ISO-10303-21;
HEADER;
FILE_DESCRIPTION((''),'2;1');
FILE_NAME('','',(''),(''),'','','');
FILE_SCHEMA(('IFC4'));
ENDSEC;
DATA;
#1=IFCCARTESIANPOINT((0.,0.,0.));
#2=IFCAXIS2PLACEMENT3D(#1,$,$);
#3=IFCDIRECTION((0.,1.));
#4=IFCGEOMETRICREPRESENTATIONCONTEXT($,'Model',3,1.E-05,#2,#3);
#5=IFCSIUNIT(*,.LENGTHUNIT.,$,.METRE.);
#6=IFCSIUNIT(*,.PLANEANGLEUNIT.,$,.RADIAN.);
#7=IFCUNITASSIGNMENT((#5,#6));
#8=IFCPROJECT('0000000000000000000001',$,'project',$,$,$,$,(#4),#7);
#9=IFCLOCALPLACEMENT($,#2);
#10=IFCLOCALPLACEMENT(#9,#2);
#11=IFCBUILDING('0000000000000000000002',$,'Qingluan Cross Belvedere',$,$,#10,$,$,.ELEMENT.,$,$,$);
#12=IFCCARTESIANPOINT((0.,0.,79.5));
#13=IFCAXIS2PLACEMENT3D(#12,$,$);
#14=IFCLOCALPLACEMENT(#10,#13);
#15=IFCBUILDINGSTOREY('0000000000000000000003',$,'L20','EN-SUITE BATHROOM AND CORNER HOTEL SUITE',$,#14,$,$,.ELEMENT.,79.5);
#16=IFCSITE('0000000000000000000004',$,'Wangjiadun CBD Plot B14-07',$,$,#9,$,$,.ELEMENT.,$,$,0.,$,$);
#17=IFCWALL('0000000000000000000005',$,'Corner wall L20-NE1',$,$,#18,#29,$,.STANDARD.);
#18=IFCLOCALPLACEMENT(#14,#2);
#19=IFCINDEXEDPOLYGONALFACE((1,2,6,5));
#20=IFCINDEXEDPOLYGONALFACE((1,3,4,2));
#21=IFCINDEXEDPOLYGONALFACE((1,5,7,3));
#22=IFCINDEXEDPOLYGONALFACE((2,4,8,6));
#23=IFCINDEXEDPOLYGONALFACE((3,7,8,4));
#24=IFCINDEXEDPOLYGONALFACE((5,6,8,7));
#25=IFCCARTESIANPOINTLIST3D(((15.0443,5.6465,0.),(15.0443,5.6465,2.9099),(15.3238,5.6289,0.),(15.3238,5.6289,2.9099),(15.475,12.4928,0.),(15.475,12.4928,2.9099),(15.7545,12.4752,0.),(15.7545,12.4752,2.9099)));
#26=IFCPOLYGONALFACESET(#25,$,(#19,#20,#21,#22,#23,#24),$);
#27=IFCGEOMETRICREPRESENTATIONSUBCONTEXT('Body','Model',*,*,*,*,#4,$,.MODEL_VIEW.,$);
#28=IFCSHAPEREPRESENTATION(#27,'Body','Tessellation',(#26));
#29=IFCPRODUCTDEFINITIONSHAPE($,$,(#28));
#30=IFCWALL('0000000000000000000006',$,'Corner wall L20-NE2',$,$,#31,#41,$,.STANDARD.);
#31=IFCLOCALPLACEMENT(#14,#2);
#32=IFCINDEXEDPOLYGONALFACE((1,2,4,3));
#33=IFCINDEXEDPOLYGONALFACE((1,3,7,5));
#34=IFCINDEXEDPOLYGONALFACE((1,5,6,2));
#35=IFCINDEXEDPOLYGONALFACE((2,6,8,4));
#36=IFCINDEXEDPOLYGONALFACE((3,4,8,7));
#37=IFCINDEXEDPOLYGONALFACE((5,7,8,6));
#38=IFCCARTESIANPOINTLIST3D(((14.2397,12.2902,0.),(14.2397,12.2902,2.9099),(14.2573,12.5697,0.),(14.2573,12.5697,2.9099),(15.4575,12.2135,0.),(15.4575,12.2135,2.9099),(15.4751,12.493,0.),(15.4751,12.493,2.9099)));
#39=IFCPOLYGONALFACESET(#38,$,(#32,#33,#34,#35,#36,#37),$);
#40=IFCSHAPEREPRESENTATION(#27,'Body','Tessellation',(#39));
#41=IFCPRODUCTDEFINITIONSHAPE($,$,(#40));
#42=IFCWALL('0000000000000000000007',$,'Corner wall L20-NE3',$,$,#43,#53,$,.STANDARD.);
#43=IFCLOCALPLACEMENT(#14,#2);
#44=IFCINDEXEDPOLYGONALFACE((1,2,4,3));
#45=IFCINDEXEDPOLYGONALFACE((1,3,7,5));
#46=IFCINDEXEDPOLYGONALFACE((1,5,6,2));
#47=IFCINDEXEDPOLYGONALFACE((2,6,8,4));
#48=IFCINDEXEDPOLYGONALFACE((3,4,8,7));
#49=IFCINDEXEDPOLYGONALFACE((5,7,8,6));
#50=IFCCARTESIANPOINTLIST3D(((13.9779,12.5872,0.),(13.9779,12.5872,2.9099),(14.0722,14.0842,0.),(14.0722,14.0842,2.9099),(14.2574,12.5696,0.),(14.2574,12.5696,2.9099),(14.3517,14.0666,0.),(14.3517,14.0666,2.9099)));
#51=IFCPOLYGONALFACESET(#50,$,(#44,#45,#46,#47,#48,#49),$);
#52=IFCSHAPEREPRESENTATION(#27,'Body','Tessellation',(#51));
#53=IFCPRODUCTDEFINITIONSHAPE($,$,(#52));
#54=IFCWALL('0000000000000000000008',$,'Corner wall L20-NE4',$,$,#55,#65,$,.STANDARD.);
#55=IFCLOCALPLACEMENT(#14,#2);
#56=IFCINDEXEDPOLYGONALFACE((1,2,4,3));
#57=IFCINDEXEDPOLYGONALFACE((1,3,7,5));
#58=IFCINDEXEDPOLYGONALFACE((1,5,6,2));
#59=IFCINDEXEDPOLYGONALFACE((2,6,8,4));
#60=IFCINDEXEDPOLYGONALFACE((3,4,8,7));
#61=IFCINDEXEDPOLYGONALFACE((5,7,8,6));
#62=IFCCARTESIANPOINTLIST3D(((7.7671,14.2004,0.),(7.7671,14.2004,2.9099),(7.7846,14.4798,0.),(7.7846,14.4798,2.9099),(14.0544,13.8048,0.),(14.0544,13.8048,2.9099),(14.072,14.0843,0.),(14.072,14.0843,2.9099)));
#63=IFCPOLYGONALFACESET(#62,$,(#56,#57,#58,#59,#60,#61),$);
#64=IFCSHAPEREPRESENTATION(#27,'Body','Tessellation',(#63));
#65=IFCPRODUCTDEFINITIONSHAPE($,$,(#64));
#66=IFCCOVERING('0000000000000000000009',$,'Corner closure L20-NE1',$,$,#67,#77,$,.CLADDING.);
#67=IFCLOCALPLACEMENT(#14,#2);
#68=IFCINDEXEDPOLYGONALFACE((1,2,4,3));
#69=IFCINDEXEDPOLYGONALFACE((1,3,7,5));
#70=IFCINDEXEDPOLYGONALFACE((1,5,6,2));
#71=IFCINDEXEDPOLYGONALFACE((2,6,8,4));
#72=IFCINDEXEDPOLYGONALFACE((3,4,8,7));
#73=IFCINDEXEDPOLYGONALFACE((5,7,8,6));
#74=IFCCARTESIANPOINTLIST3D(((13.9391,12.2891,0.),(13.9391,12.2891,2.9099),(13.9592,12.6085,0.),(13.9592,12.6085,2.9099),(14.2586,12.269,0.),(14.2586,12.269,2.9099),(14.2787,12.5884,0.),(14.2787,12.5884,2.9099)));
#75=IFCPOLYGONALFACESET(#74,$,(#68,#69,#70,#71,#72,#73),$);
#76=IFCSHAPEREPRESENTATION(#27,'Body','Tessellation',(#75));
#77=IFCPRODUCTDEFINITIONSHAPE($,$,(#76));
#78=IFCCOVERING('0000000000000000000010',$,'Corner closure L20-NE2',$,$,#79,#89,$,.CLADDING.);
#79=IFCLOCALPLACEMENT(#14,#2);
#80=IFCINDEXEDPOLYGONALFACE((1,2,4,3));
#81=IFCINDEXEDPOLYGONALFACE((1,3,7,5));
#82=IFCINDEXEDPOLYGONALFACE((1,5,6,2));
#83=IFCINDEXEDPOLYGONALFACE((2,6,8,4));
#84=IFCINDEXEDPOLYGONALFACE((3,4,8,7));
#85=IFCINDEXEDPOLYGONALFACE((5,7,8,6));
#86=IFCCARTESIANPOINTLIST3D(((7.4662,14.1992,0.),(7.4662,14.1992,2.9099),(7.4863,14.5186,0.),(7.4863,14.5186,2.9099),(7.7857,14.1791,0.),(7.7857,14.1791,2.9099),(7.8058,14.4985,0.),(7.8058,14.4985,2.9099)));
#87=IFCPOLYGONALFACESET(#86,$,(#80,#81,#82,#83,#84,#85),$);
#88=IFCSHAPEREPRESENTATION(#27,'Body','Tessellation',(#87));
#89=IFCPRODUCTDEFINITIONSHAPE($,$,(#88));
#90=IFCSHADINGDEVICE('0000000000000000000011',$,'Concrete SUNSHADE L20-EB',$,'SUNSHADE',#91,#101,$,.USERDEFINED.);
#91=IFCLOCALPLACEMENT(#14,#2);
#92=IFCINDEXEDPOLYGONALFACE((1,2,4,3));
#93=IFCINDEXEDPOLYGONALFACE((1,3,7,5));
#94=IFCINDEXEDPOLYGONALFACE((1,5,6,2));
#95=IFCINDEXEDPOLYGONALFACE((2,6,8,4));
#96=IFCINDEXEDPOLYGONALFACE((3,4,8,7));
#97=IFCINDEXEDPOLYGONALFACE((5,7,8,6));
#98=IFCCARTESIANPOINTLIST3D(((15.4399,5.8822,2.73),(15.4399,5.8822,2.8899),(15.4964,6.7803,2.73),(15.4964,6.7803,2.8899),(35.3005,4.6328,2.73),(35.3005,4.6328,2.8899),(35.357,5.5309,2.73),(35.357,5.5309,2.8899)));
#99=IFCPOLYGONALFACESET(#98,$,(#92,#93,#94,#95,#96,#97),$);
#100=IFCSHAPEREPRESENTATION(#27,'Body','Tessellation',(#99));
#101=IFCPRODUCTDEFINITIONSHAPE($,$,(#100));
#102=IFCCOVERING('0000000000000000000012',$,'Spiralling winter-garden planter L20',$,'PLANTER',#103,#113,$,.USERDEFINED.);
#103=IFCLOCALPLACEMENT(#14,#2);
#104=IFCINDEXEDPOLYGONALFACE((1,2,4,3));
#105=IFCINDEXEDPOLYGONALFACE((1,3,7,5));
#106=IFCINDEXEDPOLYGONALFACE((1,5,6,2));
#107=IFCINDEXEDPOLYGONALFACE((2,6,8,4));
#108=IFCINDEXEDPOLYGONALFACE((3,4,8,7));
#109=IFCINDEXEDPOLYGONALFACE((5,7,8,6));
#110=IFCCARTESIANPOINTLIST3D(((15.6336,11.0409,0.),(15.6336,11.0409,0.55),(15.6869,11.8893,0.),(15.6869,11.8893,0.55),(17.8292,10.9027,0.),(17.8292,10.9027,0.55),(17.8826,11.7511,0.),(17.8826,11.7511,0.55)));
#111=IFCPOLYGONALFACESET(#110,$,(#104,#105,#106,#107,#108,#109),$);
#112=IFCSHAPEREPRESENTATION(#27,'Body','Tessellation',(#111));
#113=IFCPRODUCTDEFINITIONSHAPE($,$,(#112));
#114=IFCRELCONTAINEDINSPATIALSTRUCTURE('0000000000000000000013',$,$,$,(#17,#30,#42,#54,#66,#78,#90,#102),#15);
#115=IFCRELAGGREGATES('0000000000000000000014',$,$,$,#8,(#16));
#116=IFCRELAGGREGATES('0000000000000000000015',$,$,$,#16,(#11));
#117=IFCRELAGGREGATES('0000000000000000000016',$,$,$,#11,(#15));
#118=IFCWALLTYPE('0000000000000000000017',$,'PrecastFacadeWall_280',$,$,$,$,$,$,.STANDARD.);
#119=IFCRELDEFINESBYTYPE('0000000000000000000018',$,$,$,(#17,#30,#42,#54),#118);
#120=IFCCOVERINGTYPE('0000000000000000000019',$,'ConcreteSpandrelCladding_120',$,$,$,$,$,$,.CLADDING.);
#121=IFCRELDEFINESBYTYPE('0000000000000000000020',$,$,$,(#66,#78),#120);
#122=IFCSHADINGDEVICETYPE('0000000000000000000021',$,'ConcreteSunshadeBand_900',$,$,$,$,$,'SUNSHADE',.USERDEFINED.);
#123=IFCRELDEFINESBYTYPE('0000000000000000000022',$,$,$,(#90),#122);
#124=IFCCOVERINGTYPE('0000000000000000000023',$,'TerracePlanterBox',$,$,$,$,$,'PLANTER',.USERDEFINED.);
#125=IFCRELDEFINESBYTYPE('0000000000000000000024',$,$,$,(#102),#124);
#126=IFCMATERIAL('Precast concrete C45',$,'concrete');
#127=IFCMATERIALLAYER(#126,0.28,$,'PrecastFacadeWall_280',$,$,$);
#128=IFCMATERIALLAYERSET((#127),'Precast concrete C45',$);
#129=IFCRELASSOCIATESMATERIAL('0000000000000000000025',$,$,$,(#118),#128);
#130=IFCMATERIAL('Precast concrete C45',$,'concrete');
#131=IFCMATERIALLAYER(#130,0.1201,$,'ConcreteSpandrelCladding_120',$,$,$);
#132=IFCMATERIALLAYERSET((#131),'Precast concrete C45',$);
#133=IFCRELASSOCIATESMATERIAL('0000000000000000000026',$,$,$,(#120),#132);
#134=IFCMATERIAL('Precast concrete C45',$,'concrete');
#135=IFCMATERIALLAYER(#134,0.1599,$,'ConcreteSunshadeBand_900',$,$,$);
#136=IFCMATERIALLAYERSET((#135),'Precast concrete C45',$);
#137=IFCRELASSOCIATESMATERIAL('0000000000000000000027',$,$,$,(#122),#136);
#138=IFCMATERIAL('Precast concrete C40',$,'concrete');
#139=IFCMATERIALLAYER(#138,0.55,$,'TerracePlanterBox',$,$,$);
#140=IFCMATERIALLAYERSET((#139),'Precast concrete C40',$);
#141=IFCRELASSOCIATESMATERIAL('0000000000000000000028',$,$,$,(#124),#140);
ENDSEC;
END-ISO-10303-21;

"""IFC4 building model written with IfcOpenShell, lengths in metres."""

from ifc_helpers import new_model, si_unit, direction, frame, frame_2d, origin, origin_2d, place, context, subcontext, project, spatial, rectangle, extrude, material, layer, layer_set, type_object, element, save


model = new_model("IFC4")

# Units and contexts
model_context = context("Model", 3, precision=1e-05, world=origin(), true_north=direction((0.0, 1.0)))
body_context = subcontext(model_context, "Body", "Model", "MODEL_VIEW")
ifc_project = project(units=[si_unit("LENGTHUNIT", "METRE"), si_unit("PLANEANGLEUNIT", "RADIAN")], contexts=[model_context])

# Site, building, storey
site_placement = place(None, origin())
site = spatial("IfcSite", under=ifc_project, at=site_placement, Name="Wangjiadun CBD Plot B14-07", CompositionType="ELEMENT", RefElevation=0.0)
building_placement = place(site_placement, origin())
building = spatial("IfcBuilding", under=site, at=building_placement, Name="Qingluan Cross Belvedere", CompositionType="ELEMENT")
storey_placement = place(building_placement, frame((0.0, 0.0, 79.5)))
storey = spatial("IfcBuildingStorey", under=building, at=storey_placement, Name="L20", Description="EN-SUITE BATHROOM AND CORNER HOTEL SUITE", CompositionType="ELEMENT", Elevation=79.5)

# Walls
ifc_material_1 = material(Name="Precast concrete C45", Category="concrete")
ifc_layer_1 = layer(ifc_material_1, 0.28, Name="PrecastFacadeWall_280")
ifc_layer_set_1 = layer_set([ifc_layer_1], Name="Precast concrete C45")
wall_type_1 = type_object("IfcWallType", Name="PrecastFacadeWall_280", PredefinedType="STANDARD", material=ifc_layer_set_1)
wall_1_placement = place(storey_placement, frame((15.1841, 5.6377, 0.0), z_axis=(0.0, 0.0, 1.0), x_axis=(0.062779, 0.998027, 0.0)))
element("IfcWall", 1, at=wall_1_placement, inside=storey, type_object=wall_type_1, Name="Corner wall L20-NE1", PredefinedType="STANDARD", context=body_context, shape_type="SweptSolid", body=[
    extrude(rectangle(XDim=6.8599, YDim=0.28, at=frame_2d((3.4299, 0.0))), origin(), (0.0, 0.0, 1.0), 2.9099),
])
wall_2_placement = place(storey_placement, frame((15.4663, 12.3533, 0.0), z_axis=(0.0, 0.0, 1.0), x_axis=(-0.998024, 0.062827, 0.0)))
element("IfcWall", 2, at=wall_2_placement, inside=storey, type_object=wall_type_1, Name="Corner wall L20-NE2", PredefinedType="STANDARD", context=body_context, shape_type="SweptSolid", body=[
    extrude(rectangle(XDim=1.2202, YDim=0.28, at=frame_2d((0.6101, 0.0))), origin(), (0.0, 0.0, 1.0), 2.9099),
])
wall_3_placement = place(storey_placement, frame((14.1177, 12.5784, 0.0), z_axis=(0.0, 0.0, 1.0), x_axis=(0.062824, 0.998025, 0.0)))
element("IfcWall", 3, at=wall_3_placement, inside=storey, type_object=wall_type_1, Name="Corner wall L20-NE3", PredefinedType="STANDARD", context=body_context, shape_type="SweptSolid", body=[
    extrude(rectangle(XDim=1.5, YDim=0.28, at=frame_2d((0.75, 0.0))), origin(), (0.0, 0.0, 1.0), 2.9099),
])
wall_4_placement = place(storey_placement, frame((14.0632, 13.9446, 0.0), z_axis=(0.0, 0.0, 1.0), x_axis=(-0.998027, 0.062781, 0.0)))
element("IfcWall", 4, at=wall_4_placement, inside=storey, type_object=wall_type_1, Name="Corner wall L20-NE4", PredefinedType="STANDARD", context=body_context, shape_type="SweptSolid", body=[
    extrude(rectangle(XDim=6.2998, YDim=0.28, at=frame_2d((3.1499, 0.0))), origin(), (0.0, 0.0, 1.0), 2.9099),
])

# Coverings
ifc_material_2 = material(Name="Precast concrete C45", Category="concrete")
ifc_layer_2 = layer(ifc_material_2, 0.1201, Name="ConcreteSpandrelCladding_120")
ifc_layer_set_2 = layer_set([ifc_layer_2], Name="Precast concrete C45")
covering_type_1 = type_object("IfcCoveringType", Name="ConcreteSpandrelCladding_120", PredefinedType="CLADDING", material=ifc_layer_set_2)
for number, where, z_axis, x_axis, name in (
    (5, (14.1089, 12.4387, 0.0), (0.0, 0.0, 1.0), (0.998027, -0.062791, 0.0), "Corner closure L20-NE1"),
    (6, (7.636, 14.3489, 0.0), (0.0, 0.0, 1.0), (0.998027, -0.062791, 0.0), "Corner closure L20-NE2"),
):
    element("IfcCovering", number, at=place(storey_placement, frame(where, z_axis=z_axis, x_axis=x_axis)), inside=storey, type_object=covering_type_1, Name=name, PredefinedType="CLADDING", context=body_context, shape_type="SweptSolid", body=[
        extrude(rectangle(XDim=0.3201, YDim=0.3201, at=origin_2d()), origin(), (0.0, 0.0, 1.0), 2.9099),
    ])

# Shading device
ifc_material_3 = material(Name="Precast concrete C45", Category="concrete")
ifc_layer_3 = layer(ifc_material_3, 0.1599, Name="ConcreteSunshadeBand_900")
ifc_layer_set_3 = layer_set([ifc_layer_3], Name="Precast concrete C45")
shading_device_type = type_object("IfcShadingDeviceType", Name="ConcreteSunshadeBand_900", ElementType="SUNSHADE", PredefinedType="USERDEFINED", material=ifc_layer_set_3)
shading_device_placement = place(storey_placement, frame((25.3984, 5.7065, 2.73), z_axis=(0.0, 0.0, 1.0), x_axis=(-0.998027, 0.062786, 0.0)))
element("IfcShadingDevice", 7, at=shading_device_placement, inside=storey, type_object=shading_device_type, Name="Concrete SUNSHADE L20-EB", ObjectType="SUNSHADE", PredefinedType="USERDEFINED", context=body_context, shape_type="SweptSolid", body=[
    extrude(rectangle(XDim=19.8999, YDim=0.8999, at=origin_2d()), origin(), (0.0, 0.0, 1.0), 0.1599),
])

# Covering
ifc_material_4 = material(Name="Precast concrete C40", Category="concrete")
ifc_layer_4 = layer(ifc_material_4, 0.55, Name="TerracePlanterBox")
ifc_layer_set_4 = layer_set([ifc_layer_4], Name="Precast concrete C40")
covering_type_2 = type_object("IfcCoveringType", Name="TerracePlanterBox", ElementType="PLANTER", PredefinedType="USERDEFINED", material=ifc_layer_set_4)
covering_placement = place(storey_placement, frame((16.7581, 11.396, 0.0), z_axis=(0.0, 0.0, 1.0), x_axis=(0.998027, -0.062791, 0.0)))
element("IfcCovering", 8, at=covering_placement, inside=storey, type_object=covering_type_2, Name="Spiralling winter-garden planter L20", ObjectType="PLANTER", PredefinedType="USERDEFINED", context=body_context, shape_type="SweptSolid", body=[
    extrude(rectangle(XDim=2.2, YDim=0.8501, at=origin_2d()), origin(), (0.0, 0.0, 1.0), 0.55),
])

save(model, "model.ifc")
